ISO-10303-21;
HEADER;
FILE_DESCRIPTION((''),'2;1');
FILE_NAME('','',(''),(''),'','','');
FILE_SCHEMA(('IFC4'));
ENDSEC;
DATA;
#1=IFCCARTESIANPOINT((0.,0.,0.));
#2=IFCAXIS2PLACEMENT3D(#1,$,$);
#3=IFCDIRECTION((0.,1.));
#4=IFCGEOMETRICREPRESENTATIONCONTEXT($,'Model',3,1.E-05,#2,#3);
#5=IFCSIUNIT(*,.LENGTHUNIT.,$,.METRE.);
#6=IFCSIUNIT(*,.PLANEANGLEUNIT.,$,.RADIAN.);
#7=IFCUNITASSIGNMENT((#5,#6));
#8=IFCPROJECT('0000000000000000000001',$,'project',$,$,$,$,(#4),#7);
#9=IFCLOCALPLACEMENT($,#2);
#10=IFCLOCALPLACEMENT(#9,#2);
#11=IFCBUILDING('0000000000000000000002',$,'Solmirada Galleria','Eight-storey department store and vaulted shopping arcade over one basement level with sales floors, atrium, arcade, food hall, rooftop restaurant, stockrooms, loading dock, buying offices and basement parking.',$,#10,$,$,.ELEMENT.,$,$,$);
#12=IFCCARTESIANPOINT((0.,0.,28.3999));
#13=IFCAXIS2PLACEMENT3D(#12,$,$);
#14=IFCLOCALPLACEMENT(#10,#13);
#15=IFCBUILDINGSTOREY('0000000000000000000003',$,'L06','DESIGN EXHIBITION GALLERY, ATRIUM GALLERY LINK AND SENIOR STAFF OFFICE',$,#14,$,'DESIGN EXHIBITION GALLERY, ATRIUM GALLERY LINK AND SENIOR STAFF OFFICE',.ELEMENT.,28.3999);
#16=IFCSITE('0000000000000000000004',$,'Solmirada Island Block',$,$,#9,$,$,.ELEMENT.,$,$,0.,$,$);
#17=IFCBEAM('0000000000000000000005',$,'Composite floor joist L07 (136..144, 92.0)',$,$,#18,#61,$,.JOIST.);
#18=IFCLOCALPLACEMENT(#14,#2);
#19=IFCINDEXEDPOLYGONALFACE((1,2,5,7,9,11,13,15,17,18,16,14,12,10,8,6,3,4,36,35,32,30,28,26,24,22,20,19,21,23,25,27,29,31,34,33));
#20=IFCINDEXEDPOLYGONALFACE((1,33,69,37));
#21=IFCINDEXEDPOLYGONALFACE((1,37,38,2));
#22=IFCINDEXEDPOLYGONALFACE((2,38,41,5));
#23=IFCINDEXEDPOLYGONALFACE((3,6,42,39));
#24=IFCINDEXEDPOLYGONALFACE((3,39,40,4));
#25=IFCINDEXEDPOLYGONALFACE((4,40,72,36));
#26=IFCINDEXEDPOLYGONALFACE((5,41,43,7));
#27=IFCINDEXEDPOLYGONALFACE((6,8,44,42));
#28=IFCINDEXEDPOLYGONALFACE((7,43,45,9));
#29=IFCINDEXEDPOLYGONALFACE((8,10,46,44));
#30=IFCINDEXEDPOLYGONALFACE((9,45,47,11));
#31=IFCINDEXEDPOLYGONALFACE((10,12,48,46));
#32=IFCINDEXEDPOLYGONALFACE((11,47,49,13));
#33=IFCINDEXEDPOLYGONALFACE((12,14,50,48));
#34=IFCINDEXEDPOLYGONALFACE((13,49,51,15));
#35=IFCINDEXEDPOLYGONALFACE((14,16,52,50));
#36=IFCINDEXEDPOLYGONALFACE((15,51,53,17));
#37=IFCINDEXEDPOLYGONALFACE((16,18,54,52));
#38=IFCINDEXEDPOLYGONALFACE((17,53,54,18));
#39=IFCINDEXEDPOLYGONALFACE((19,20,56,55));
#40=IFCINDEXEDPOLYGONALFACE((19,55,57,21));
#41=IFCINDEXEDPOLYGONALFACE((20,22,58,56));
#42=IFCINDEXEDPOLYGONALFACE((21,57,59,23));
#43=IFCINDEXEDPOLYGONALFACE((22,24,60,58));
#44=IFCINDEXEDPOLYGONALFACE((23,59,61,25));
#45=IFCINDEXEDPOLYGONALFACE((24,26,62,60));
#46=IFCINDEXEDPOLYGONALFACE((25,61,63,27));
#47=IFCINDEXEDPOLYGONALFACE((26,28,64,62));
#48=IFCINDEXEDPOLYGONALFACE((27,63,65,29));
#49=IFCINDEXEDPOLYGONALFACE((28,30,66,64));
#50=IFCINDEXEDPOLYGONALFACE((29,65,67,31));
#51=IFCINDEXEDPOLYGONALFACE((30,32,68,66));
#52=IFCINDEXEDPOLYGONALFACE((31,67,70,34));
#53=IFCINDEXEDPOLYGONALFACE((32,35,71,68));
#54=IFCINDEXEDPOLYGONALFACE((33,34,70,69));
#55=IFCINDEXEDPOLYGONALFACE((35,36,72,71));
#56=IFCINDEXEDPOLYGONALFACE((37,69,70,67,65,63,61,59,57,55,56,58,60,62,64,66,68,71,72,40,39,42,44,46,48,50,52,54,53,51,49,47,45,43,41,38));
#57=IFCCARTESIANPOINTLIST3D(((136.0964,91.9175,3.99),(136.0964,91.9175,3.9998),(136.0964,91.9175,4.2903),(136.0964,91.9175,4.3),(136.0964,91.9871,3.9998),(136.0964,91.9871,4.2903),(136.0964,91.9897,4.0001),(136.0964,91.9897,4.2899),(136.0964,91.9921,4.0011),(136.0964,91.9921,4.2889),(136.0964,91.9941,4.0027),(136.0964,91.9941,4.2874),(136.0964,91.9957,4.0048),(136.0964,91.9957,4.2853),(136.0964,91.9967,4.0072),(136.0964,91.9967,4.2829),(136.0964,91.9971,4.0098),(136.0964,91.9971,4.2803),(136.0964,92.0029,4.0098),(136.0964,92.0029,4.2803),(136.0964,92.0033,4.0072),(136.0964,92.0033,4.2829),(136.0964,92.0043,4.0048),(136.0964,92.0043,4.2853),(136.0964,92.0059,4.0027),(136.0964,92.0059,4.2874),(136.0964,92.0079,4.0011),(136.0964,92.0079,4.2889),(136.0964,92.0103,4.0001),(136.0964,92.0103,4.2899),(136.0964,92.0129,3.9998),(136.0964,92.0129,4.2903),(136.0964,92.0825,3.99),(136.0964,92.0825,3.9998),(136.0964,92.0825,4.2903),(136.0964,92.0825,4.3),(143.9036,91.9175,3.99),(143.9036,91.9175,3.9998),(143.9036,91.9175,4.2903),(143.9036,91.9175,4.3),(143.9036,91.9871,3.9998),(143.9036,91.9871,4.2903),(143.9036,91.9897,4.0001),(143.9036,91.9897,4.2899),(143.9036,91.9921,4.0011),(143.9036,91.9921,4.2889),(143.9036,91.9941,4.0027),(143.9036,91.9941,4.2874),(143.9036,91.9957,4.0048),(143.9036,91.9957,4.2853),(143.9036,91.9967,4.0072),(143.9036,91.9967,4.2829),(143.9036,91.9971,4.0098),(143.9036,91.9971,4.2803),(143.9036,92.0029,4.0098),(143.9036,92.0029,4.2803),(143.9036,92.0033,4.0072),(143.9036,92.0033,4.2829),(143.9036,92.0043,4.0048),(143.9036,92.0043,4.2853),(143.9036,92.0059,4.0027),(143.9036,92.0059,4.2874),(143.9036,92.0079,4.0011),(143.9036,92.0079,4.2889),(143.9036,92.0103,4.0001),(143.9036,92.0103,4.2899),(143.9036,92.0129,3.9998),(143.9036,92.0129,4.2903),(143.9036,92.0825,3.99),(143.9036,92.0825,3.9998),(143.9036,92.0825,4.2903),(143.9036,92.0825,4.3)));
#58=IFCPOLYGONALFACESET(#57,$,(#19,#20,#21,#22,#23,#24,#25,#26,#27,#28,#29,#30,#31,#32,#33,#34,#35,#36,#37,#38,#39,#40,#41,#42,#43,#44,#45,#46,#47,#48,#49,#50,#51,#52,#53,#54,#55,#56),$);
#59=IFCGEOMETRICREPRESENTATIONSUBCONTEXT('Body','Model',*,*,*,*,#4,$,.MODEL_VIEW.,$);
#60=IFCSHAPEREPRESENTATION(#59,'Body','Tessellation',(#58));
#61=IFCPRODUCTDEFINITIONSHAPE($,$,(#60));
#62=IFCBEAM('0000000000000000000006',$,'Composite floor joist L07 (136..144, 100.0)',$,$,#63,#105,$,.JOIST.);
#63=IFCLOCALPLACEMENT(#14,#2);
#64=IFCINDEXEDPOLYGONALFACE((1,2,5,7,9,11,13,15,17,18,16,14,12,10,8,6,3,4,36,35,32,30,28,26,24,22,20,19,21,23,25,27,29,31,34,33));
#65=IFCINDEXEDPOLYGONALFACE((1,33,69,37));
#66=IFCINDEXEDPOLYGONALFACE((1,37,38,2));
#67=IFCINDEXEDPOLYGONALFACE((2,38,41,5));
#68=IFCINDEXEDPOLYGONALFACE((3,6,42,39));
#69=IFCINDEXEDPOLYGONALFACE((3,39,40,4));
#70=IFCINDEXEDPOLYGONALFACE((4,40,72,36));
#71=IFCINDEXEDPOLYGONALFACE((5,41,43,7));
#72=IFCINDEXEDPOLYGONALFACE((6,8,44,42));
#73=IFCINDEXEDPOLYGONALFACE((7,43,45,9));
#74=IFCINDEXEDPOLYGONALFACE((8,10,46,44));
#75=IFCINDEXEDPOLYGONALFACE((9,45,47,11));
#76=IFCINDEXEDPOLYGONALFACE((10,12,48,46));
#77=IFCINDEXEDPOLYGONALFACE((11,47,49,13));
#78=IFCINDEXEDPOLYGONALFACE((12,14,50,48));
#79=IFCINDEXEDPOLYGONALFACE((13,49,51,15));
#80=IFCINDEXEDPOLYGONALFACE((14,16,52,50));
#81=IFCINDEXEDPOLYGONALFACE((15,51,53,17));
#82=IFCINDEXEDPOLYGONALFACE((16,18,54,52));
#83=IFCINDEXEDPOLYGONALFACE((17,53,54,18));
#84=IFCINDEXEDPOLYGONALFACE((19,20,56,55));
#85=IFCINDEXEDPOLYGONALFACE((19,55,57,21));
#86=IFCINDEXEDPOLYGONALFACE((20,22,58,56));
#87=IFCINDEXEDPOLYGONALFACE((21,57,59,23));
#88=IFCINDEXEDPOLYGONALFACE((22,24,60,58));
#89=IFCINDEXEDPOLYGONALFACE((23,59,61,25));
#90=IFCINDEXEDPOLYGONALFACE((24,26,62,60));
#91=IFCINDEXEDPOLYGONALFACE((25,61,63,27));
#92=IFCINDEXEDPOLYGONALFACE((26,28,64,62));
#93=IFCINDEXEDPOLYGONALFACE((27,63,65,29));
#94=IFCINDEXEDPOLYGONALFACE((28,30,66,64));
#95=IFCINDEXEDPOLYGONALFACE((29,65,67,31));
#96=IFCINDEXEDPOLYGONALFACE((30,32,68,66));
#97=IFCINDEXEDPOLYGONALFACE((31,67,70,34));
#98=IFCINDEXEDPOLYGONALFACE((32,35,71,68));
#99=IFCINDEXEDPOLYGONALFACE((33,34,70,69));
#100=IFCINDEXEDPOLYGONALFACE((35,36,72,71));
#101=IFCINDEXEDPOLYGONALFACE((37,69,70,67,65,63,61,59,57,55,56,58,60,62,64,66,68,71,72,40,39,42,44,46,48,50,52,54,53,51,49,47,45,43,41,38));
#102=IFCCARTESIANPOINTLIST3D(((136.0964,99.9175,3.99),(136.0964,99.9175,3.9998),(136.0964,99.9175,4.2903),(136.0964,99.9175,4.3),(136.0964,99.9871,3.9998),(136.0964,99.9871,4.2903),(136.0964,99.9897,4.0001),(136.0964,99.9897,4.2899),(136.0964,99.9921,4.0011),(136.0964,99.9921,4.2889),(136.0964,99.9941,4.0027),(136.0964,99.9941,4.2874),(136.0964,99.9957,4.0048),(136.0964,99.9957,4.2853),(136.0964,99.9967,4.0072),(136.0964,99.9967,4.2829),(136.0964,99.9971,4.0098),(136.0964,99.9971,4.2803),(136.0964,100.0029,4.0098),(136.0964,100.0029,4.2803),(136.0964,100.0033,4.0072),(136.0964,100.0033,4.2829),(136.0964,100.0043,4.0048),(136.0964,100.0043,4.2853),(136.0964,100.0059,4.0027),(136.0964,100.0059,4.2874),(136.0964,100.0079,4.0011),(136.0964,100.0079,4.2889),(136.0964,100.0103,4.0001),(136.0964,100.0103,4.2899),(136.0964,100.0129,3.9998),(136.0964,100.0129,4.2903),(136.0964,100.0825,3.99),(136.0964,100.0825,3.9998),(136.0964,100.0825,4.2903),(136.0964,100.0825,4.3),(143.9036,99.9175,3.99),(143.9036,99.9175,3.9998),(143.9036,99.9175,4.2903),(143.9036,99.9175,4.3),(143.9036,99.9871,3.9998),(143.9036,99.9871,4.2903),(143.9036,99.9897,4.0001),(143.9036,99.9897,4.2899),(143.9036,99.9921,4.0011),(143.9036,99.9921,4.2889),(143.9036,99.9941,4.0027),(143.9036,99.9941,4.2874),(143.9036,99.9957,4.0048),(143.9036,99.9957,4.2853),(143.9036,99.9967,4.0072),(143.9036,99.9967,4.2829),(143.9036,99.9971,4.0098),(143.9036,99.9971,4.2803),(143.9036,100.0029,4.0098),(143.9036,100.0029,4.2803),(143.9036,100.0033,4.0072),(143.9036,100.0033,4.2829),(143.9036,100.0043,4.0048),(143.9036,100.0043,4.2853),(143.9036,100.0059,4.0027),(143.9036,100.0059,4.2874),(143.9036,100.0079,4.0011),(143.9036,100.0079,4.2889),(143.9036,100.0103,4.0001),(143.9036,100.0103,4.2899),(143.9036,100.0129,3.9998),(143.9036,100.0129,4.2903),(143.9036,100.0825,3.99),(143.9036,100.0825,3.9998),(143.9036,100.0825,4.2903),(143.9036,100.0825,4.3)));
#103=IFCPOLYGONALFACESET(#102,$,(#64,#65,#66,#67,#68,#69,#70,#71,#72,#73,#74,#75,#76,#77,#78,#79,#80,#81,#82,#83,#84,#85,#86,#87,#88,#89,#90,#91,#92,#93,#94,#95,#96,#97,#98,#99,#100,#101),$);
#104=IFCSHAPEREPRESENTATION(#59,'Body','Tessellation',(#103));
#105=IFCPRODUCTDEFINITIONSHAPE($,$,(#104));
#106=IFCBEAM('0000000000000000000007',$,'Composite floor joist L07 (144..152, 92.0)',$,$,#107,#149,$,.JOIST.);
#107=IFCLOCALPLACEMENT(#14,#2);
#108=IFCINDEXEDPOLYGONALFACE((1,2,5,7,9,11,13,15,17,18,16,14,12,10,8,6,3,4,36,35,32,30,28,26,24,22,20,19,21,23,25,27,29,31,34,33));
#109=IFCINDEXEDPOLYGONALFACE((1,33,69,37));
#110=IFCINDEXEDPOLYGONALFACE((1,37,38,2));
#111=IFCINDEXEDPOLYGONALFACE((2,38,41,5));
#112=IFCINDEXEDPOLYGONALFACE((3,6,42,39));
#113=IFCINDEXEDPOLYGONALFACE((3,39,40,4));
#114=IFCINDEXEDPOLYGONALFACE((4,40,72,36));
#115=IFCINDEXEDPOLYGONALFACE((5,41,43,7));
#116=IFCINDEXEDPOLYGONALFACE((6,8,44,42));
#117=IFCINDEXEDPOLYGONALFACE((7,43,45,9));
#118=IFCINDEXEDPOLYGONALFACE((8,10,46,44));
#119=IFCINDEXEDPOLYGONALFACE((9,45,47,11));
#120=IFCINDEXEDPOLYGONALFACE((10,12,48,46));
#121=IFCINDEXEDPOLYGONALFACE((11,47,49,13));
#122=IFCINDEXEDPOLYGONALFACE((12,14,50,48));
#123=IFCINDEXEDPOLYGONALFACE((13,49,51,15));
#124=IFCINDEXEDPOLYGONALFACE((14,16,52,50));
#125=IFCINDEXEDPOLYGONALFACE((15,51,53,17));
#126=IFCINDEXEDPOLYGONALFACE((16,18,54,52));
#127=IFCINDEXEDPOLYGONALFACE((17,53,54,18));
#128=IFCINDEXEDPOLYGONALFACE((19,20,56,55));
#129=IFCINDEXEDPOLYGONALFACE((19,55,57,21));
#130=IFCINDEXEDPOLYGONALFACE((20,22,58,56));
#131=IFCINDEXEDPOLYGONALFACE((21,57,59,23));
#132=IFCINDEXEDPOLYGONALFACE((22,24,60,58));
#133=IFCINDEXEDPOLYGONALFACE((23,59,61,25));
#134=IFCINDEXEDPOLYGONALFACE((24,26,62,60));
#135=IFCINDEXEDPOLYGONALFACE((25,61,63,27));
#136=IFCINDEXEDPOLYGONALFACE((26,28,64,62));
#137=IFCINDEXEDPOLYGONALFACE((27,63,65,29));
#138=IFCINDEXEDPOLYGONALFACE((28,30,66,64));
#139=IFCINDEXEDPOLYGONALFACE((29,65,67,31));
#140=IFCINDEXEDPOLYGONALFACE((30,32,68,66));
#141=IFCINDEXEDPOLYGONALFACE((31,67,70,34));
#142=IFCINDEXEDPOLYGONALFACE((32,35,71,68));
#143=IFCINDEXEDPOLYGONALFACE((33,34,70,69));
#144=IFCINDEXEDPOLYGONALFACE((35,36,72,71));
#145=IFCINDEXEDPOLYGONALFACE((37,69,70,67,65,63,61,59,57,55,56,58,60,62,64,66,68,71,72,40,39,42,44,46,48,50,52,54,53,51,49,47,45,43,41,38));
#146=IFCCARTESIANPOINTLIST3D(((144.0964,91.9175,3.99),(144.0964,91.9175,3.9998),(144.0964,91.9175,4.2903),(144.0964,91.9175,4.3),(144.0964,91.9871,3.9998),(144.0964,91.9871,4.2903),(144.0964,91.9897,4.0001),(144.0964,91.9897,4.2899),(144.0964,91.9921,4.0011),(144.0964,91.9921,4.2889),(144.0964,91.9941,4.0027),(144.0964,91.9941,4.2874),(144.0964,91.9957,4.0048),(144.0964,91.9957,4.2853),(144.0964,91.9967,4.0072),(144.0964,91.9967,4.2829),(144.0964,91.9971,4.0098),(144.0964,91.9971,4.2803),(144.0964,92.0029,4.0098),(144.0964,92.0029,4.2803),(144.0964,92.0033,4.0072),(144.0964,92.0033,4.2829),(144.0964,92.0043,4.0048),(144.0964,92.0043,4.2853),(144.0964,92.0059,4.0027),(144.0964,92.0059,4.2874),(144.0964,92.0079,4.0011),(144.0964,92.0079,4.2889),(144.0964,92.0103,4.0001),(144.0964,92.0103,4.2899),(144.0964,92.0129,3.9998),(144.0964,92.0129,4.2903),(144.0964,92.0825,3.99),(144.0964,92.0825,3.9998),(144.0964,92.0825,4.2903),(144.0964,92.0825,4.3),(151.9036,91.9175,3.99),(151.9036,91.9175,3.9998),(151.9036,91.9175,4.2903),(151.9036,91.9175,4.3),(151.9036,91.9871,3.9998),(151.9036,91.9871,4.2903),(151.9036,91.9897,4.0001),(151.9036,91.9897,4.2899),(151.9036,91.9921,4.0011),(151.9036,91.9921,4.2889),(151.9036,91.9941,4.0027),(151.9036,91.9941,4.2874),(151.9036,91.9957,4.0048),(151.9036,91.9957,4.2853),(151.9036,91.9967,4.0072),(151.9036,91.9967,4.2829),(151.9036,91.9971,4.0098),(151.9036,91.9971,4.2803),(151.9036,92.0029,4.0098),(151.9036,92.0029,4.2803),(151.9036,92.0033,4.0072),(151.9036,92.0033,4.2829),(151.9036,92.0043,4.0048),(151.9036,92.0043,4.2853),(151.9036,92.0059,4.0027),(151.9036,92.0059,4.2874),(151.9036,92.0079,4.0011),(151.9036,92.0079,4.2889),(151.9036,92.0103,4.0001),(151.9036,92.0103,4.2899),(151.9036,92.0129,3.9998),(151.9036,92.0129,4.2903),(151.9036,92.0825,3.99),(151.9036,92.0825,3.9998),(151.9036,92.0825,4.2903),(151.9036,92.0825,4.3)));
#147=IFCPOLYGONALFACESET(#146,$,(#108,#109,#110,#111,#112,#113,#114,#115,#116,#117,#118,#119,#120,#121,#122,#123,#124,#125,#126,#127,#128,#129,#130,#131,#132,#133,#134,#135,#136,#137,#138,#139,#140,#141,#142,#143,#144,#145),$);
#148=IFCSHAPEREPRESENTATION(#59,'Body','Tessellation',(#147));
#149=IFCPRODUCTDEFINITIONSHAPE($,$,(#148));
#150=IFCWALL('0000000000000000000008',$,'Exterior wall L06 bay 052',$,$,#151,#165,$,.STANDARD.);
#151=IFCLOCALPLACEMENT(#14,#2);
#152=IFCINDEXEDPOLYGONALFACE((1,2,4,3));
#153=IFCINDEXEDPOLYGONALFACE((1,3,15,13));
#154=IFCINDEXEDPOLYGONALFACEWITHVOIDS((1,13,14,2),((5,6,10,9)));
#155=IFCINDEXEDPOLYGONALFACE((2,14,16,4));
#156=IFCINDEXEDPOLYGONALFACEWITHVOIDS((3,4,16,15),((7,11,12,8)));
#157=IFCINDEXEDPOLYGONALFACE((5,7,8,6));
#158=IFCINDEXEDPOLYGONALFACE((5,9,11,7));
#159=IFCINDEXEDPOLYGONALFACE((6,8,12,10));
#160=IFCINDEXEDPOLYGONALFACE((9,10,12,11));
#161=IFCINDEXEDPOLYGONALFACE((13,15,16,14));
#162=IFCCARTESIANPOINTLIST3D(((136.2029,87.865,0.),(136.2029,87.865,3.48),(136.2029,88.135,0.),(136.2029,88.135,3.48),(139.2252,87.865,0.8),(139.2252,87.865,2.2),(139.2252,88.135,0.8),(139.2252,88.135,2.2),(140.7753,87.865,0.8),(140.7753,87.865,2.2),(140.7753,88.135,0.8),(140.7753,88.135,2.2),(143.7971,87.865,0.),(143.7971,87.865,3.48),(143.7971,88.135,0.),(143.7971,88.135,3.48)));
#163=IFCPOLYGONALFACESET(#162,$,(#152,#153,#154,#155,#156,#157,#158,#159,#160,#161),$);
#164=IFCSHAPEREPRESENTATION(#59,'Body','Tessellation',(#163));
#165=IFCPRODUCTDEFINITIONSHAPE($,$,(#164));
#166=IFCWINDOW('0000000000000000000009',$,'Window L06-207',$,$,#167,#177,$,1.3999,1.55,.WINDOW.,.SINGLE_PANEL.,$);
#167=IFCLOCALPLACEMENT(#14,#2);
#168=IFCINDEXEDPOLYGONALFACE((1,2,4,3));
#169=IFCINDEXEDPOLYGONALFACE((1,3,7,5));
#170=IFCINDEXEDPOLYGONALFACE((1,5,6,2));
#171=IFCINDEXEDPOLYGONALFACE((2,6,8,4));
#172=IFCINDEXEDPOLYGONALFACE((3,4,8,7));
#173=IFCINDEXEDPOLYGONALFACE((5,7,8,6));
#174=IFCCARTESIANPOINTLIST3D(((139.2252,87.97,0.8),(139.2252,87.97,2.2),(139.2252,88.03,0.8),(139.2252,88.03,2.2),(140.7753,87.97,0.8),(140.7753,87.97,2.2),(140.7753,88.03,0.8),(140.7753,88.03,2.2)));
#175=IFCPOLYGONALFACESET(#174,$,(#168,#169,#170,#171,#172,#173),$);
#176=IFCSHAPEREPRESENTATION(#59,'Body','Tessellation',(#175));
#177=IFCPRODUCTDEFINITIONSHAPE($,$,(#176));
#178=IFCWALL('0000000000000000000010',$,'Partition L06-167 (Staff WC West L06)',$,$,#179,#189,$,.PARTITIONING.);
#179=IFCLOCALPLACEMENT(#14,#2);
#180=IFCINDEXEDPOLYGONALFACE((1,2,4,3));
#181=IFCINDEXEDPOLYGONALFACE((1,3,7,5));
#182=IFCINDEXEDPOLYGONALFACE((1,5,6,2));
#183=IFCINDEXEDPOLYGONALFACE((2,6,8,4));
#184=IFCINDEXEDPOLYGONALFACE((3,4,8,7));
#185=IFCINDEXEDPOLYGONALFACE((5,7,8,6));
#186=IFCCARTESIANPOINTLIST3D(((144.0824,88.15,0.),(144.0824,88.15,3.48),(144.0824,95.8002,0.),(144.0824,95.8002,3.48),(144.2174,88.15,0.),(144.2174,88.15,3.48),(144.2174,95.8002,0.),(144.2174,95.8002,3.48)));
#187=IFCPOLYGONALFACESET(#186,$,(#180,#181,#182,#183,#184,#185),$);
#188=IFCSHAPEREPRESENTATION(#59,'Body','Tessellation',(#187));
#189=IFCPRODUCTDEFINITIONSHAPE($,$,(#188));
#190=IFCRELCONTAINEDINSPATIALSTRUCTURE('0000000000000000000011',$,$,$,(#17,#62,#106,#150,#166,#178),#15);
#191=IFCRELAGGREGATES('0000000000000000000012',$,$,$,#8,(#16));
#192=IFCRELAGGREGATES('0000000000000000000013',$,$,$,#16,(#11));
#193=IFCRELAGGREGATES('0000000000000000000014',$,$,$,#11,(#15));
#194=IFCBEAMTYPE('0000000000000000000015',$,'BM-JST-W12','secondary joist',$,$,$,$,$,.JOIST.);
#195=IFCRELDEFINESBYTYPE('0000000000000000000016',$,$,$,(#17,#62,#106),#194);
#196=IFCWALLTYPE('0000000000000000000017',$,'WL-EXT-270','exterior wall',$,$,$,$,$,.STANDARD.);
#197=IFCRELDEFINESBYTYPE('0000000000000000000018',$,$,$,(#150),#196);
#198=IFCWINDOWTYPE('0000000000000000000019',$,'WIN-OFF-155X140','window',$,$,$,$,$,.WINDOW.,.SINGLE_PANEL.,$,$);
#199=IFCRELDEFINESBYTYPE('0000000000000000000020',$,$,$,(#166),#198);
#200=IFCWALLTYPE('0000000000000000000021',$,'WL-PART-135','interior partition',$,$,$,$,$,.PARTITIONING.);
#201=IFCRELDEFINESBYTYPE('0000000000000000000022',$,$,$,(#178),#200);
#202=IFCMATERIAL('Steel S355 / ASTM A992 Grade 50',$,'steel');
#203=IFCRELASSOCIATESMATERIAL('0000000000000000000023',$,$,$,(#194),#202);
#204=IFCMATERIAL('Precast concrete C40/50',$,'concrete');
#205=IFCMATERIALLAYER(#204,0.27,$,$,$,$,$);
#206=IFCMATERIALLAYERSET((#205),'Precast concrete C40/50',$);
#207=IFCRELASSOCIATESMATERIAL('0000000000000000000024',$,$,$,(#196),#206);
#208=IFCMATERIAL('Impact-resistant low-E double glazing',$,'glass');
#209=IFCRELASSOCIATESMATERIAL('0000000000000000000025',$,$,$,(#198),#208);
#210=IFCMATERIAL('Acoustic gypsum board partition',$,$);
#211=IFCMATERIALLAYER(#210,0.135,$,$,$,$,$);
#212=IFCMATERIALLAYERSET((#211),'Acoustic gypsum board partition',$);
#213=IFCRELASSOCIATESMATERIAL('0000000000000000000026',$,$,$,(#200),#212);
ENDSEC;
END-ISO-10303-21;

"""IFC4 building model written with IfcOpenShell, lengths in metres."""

from ifc_helpers import new_model, si_unit, direction, frame, frame_2d, origin, origin_2d, place, context, subcontext, project, spatial, rectangle, i_section, extrude, material, layer, layer_set, material_profile, profile_set, type_object, element, fill, save


model = new_model("IFC4")

# Units and contexts
model_context = context("Model", 3, precision=1e-05, world=origin(), true_north=direction((0.0, 1.0)))
body_context = subcontext(model_context, "Body", "Model", "MODEL_VIEW")
ifc_project = project(units=[si_unit("LENGTHUNIT", "METRE"), si_unit("PLANEANGLEUNIT", "RADIAN")], contexts=[model_context])

# Site, building, storey
site_placement = place(None, origin())
site = spatial("IfcSite", under=ifc_project, at=site_placement, Name="Solmirada Island Block", CompositionType="ELEMENT", RefElevation=0.0)
building_placement = place(site_placement, origin())
building = spatial("IfcBuilding", under=site, at=building_placement, Name="Solmirada Galleria", Description="Eight-storey department store and vaulted shopping arcade over one basement level with sales floors, atrium, arcade, food hall, rooftop restaurant, stockrooms, loading dock, buying offices and basement parking.", CompositionType="ELEMENT")
storey_placement = place(building_placement, frame((0.0, 0.0, 28.3999)))
storey = spatial("IfcBuildingStorey", under=building, at=storey_placement, Name="L06", Description="DESIGN EXHIBITION GALLERY, ATRIUM GALLERY LINK AND SENIOR STAFF OFFICE", LongName="DESIGN EXHIBITION GALLERY, ATRIUM GALLERY LINK AND SENIOR STAFF OFFICE", CompositionType="ELEMENT", Elevation=28.3999)

# Beams
ifc_material_1 = material(Name="Steel S355 / ASTM A992 Grade 50", Category="steel")
ifc_material_profile_1 = material_profile(ifc_material_1, i_section(OverallWidth=0.165, OverallDepth=0.3101, WebThickness=0.0059, FlangeThickness=0.0098, FilletRadius=0.01, at=origin_2d()), Name="W12X26")
ifc_profile_set_1 = profile_set([ifc_material_profile_1], Name="Steel S355 / ASTM A992 Grade 50")
beam_type_1 = type_object("IfcBeamType", Name="BM-JST-W12", Description="secondary joist", PredefinedType="JOIST", material=ifc_profile_set_1)
for number, where, z_axis, x_axis, name in (
    (1, (136.0964, 92.0, 4.145), (1.0, 0.0, 0.0), (0.0, 1.0, 0.0), "Composite floor joist L07 (136..144, 92.0)"),
    (2, (136.0964, 100.0, 4.145), (1.0, 0.0, 0.0), (0.0, 1.0, 0.0), "Composite floor joist L07 (136..144, 100.0)"),
    (3, (144.0964, 92.0, 4.145), (1.0, 0.0, 0.0), (0.0, 1.0, 0.0), "Composite floor joist L07 (144..152, 92.0)"),
):
    element("IfcBeam", number, at=place(storey_placement, frame(where, z_axis=z_axis, x_axis=x_axis)), inside=storey, type_object=beam_type_1, Name=name, PredefinedType="JOIST", context=body_context, shape_type="SweptSolid", body=[
        extrude(i_section(OverallWidth=0.165, OverallDepth=0.3101, WebThickness=0.0059, FlangeThickness=0.0098, FilletRadius=0.01, at=origin_2d()), origin(), (0.0, 0.0, 1.0), 7.8071),
    ])

# Wall, opening, window
ifc_material_2 = material(Name="Precast concrete C40/50", Category="concrete")
ifc_layer_1 = layer(ifc_material_2, 0.27)
ifc_layer_set_1 = layer_set([ifc_layer_1], Name="Precast concrete C40/50")
wall_type_1 = type_object("IfcWallType", Name="WL-EXT-270", Description="exterior wall", PredefinedType="STANDARD", material=ifc_layer_set_1)
wall_1_placement = place(storey_placement, frame((143.7971, 88.0, 0.0), z_axis=(0.0, 0.0, 1.0), x_axis=(-1.0, 0.0, 0.0)))
wall_1 = element("IfcWall", 4, at=wall_1_placement, inside=storey, type_object=wall_type_1, Name="Exterior wall L06 bay 052", PredefinedType="STANDARD", context=body_context, shape_type="SweptSolid", body=[
    extrude(rectangle(XDim=7.5942, YDim=0.27, at=frame_2d((3.7971, 0.0))), origin(), (0.0, 0.0, 1.0), 3.48),
])
opening_1_placement = place(wall_1_placement, frame((3.022, 0.0, 0.8)))
opening_1 = element("IfcOpeningElement", 5, at=opening_1_placement, cuts=wall_1, PredefinedType="OPENING", context=body_context, shape_type="SweptSolid", body=[
    extrude(rectangle(XDim=1.55, YDim=1.3999, at=frame_2d((0.7749, 0.7))), frame((0.0, 0.145, 0.0), z_axis=(0.0, -1.0, 0.0), x_axis=(1.0, 0.0, 0.0)), (0.0, 0.0, 1.0), 0.29),
])
ifc_material_3 = material(Name="Impact-resistant low-E double glazing", Category="glass")
window_type = type_object("IfcWindowType", Name="WIN-OFF-155X140", Description="window", PartitioningType="SINGLE_PANEL", PredefinedType="WINDOW", material=ifc_material_3)
window_placement = place(opening_1_placement, origin())
window = element("IfcWindow", 6, at=window_placement, inside=storey, type_object=window_type, Name="Window L06-207", OverallHeight=1.3999, OverallWidth=1.55, PartitioningType="SINGLE_PANEL", PredefinedType="WINDOW", context=body_context, shape_type="SweptSolid", body=[
    extrude(rectangle(XDim=1.55, YDim=1.3999, at=frame_2d((0.7749, 0.7))), frame((0.0, 0.03, 0.0), z_axis=(0.0, -1.0, 0.0), x_axis=(1.0, 0.0, 0.0)), (0.0, 0.0, 1.0), 0.0601),
])
fill(opening_1, window)

# Wall
ifc_material_4 = material(Name="Acoustic gypsum board partition")
ifc_layer_2 = layer(ifc_material_4, 0.135)
ifc_layer_set_2 = layer_set([ifc_layer_2], Name="Acoustic gypsum board partition")
wall_type_2 = type_object("IfcWallType", Name="WL-PART-135", Description="interior partition", PredefinedType="PARTITIONING", material=ifc_layer_set_2)
wall_2_placement = place(storey_placement, frame((144.1499, 88.1499, 0.0), z_axis=(0.0, 0.0, 1.0), x_axis=(0.0, 1.0, 0.0)))
element("IfcWall", 7, at=wall_2_placement, inside=storey, type_object=wall_type_2, Name="Partition L06-167 (Staff WC West L06)", PredefinedType="PARTITIONING", context=body_context, shape_type="SweptSolid", body=[
    extrude(rectangle(XDim=7.6501, YDim=0.135, at=frame_2d((3.8252, 0.0))), origin(), (0.0, 0.0, 1.0), 3.48),
])

save(model, "model.ifc")
